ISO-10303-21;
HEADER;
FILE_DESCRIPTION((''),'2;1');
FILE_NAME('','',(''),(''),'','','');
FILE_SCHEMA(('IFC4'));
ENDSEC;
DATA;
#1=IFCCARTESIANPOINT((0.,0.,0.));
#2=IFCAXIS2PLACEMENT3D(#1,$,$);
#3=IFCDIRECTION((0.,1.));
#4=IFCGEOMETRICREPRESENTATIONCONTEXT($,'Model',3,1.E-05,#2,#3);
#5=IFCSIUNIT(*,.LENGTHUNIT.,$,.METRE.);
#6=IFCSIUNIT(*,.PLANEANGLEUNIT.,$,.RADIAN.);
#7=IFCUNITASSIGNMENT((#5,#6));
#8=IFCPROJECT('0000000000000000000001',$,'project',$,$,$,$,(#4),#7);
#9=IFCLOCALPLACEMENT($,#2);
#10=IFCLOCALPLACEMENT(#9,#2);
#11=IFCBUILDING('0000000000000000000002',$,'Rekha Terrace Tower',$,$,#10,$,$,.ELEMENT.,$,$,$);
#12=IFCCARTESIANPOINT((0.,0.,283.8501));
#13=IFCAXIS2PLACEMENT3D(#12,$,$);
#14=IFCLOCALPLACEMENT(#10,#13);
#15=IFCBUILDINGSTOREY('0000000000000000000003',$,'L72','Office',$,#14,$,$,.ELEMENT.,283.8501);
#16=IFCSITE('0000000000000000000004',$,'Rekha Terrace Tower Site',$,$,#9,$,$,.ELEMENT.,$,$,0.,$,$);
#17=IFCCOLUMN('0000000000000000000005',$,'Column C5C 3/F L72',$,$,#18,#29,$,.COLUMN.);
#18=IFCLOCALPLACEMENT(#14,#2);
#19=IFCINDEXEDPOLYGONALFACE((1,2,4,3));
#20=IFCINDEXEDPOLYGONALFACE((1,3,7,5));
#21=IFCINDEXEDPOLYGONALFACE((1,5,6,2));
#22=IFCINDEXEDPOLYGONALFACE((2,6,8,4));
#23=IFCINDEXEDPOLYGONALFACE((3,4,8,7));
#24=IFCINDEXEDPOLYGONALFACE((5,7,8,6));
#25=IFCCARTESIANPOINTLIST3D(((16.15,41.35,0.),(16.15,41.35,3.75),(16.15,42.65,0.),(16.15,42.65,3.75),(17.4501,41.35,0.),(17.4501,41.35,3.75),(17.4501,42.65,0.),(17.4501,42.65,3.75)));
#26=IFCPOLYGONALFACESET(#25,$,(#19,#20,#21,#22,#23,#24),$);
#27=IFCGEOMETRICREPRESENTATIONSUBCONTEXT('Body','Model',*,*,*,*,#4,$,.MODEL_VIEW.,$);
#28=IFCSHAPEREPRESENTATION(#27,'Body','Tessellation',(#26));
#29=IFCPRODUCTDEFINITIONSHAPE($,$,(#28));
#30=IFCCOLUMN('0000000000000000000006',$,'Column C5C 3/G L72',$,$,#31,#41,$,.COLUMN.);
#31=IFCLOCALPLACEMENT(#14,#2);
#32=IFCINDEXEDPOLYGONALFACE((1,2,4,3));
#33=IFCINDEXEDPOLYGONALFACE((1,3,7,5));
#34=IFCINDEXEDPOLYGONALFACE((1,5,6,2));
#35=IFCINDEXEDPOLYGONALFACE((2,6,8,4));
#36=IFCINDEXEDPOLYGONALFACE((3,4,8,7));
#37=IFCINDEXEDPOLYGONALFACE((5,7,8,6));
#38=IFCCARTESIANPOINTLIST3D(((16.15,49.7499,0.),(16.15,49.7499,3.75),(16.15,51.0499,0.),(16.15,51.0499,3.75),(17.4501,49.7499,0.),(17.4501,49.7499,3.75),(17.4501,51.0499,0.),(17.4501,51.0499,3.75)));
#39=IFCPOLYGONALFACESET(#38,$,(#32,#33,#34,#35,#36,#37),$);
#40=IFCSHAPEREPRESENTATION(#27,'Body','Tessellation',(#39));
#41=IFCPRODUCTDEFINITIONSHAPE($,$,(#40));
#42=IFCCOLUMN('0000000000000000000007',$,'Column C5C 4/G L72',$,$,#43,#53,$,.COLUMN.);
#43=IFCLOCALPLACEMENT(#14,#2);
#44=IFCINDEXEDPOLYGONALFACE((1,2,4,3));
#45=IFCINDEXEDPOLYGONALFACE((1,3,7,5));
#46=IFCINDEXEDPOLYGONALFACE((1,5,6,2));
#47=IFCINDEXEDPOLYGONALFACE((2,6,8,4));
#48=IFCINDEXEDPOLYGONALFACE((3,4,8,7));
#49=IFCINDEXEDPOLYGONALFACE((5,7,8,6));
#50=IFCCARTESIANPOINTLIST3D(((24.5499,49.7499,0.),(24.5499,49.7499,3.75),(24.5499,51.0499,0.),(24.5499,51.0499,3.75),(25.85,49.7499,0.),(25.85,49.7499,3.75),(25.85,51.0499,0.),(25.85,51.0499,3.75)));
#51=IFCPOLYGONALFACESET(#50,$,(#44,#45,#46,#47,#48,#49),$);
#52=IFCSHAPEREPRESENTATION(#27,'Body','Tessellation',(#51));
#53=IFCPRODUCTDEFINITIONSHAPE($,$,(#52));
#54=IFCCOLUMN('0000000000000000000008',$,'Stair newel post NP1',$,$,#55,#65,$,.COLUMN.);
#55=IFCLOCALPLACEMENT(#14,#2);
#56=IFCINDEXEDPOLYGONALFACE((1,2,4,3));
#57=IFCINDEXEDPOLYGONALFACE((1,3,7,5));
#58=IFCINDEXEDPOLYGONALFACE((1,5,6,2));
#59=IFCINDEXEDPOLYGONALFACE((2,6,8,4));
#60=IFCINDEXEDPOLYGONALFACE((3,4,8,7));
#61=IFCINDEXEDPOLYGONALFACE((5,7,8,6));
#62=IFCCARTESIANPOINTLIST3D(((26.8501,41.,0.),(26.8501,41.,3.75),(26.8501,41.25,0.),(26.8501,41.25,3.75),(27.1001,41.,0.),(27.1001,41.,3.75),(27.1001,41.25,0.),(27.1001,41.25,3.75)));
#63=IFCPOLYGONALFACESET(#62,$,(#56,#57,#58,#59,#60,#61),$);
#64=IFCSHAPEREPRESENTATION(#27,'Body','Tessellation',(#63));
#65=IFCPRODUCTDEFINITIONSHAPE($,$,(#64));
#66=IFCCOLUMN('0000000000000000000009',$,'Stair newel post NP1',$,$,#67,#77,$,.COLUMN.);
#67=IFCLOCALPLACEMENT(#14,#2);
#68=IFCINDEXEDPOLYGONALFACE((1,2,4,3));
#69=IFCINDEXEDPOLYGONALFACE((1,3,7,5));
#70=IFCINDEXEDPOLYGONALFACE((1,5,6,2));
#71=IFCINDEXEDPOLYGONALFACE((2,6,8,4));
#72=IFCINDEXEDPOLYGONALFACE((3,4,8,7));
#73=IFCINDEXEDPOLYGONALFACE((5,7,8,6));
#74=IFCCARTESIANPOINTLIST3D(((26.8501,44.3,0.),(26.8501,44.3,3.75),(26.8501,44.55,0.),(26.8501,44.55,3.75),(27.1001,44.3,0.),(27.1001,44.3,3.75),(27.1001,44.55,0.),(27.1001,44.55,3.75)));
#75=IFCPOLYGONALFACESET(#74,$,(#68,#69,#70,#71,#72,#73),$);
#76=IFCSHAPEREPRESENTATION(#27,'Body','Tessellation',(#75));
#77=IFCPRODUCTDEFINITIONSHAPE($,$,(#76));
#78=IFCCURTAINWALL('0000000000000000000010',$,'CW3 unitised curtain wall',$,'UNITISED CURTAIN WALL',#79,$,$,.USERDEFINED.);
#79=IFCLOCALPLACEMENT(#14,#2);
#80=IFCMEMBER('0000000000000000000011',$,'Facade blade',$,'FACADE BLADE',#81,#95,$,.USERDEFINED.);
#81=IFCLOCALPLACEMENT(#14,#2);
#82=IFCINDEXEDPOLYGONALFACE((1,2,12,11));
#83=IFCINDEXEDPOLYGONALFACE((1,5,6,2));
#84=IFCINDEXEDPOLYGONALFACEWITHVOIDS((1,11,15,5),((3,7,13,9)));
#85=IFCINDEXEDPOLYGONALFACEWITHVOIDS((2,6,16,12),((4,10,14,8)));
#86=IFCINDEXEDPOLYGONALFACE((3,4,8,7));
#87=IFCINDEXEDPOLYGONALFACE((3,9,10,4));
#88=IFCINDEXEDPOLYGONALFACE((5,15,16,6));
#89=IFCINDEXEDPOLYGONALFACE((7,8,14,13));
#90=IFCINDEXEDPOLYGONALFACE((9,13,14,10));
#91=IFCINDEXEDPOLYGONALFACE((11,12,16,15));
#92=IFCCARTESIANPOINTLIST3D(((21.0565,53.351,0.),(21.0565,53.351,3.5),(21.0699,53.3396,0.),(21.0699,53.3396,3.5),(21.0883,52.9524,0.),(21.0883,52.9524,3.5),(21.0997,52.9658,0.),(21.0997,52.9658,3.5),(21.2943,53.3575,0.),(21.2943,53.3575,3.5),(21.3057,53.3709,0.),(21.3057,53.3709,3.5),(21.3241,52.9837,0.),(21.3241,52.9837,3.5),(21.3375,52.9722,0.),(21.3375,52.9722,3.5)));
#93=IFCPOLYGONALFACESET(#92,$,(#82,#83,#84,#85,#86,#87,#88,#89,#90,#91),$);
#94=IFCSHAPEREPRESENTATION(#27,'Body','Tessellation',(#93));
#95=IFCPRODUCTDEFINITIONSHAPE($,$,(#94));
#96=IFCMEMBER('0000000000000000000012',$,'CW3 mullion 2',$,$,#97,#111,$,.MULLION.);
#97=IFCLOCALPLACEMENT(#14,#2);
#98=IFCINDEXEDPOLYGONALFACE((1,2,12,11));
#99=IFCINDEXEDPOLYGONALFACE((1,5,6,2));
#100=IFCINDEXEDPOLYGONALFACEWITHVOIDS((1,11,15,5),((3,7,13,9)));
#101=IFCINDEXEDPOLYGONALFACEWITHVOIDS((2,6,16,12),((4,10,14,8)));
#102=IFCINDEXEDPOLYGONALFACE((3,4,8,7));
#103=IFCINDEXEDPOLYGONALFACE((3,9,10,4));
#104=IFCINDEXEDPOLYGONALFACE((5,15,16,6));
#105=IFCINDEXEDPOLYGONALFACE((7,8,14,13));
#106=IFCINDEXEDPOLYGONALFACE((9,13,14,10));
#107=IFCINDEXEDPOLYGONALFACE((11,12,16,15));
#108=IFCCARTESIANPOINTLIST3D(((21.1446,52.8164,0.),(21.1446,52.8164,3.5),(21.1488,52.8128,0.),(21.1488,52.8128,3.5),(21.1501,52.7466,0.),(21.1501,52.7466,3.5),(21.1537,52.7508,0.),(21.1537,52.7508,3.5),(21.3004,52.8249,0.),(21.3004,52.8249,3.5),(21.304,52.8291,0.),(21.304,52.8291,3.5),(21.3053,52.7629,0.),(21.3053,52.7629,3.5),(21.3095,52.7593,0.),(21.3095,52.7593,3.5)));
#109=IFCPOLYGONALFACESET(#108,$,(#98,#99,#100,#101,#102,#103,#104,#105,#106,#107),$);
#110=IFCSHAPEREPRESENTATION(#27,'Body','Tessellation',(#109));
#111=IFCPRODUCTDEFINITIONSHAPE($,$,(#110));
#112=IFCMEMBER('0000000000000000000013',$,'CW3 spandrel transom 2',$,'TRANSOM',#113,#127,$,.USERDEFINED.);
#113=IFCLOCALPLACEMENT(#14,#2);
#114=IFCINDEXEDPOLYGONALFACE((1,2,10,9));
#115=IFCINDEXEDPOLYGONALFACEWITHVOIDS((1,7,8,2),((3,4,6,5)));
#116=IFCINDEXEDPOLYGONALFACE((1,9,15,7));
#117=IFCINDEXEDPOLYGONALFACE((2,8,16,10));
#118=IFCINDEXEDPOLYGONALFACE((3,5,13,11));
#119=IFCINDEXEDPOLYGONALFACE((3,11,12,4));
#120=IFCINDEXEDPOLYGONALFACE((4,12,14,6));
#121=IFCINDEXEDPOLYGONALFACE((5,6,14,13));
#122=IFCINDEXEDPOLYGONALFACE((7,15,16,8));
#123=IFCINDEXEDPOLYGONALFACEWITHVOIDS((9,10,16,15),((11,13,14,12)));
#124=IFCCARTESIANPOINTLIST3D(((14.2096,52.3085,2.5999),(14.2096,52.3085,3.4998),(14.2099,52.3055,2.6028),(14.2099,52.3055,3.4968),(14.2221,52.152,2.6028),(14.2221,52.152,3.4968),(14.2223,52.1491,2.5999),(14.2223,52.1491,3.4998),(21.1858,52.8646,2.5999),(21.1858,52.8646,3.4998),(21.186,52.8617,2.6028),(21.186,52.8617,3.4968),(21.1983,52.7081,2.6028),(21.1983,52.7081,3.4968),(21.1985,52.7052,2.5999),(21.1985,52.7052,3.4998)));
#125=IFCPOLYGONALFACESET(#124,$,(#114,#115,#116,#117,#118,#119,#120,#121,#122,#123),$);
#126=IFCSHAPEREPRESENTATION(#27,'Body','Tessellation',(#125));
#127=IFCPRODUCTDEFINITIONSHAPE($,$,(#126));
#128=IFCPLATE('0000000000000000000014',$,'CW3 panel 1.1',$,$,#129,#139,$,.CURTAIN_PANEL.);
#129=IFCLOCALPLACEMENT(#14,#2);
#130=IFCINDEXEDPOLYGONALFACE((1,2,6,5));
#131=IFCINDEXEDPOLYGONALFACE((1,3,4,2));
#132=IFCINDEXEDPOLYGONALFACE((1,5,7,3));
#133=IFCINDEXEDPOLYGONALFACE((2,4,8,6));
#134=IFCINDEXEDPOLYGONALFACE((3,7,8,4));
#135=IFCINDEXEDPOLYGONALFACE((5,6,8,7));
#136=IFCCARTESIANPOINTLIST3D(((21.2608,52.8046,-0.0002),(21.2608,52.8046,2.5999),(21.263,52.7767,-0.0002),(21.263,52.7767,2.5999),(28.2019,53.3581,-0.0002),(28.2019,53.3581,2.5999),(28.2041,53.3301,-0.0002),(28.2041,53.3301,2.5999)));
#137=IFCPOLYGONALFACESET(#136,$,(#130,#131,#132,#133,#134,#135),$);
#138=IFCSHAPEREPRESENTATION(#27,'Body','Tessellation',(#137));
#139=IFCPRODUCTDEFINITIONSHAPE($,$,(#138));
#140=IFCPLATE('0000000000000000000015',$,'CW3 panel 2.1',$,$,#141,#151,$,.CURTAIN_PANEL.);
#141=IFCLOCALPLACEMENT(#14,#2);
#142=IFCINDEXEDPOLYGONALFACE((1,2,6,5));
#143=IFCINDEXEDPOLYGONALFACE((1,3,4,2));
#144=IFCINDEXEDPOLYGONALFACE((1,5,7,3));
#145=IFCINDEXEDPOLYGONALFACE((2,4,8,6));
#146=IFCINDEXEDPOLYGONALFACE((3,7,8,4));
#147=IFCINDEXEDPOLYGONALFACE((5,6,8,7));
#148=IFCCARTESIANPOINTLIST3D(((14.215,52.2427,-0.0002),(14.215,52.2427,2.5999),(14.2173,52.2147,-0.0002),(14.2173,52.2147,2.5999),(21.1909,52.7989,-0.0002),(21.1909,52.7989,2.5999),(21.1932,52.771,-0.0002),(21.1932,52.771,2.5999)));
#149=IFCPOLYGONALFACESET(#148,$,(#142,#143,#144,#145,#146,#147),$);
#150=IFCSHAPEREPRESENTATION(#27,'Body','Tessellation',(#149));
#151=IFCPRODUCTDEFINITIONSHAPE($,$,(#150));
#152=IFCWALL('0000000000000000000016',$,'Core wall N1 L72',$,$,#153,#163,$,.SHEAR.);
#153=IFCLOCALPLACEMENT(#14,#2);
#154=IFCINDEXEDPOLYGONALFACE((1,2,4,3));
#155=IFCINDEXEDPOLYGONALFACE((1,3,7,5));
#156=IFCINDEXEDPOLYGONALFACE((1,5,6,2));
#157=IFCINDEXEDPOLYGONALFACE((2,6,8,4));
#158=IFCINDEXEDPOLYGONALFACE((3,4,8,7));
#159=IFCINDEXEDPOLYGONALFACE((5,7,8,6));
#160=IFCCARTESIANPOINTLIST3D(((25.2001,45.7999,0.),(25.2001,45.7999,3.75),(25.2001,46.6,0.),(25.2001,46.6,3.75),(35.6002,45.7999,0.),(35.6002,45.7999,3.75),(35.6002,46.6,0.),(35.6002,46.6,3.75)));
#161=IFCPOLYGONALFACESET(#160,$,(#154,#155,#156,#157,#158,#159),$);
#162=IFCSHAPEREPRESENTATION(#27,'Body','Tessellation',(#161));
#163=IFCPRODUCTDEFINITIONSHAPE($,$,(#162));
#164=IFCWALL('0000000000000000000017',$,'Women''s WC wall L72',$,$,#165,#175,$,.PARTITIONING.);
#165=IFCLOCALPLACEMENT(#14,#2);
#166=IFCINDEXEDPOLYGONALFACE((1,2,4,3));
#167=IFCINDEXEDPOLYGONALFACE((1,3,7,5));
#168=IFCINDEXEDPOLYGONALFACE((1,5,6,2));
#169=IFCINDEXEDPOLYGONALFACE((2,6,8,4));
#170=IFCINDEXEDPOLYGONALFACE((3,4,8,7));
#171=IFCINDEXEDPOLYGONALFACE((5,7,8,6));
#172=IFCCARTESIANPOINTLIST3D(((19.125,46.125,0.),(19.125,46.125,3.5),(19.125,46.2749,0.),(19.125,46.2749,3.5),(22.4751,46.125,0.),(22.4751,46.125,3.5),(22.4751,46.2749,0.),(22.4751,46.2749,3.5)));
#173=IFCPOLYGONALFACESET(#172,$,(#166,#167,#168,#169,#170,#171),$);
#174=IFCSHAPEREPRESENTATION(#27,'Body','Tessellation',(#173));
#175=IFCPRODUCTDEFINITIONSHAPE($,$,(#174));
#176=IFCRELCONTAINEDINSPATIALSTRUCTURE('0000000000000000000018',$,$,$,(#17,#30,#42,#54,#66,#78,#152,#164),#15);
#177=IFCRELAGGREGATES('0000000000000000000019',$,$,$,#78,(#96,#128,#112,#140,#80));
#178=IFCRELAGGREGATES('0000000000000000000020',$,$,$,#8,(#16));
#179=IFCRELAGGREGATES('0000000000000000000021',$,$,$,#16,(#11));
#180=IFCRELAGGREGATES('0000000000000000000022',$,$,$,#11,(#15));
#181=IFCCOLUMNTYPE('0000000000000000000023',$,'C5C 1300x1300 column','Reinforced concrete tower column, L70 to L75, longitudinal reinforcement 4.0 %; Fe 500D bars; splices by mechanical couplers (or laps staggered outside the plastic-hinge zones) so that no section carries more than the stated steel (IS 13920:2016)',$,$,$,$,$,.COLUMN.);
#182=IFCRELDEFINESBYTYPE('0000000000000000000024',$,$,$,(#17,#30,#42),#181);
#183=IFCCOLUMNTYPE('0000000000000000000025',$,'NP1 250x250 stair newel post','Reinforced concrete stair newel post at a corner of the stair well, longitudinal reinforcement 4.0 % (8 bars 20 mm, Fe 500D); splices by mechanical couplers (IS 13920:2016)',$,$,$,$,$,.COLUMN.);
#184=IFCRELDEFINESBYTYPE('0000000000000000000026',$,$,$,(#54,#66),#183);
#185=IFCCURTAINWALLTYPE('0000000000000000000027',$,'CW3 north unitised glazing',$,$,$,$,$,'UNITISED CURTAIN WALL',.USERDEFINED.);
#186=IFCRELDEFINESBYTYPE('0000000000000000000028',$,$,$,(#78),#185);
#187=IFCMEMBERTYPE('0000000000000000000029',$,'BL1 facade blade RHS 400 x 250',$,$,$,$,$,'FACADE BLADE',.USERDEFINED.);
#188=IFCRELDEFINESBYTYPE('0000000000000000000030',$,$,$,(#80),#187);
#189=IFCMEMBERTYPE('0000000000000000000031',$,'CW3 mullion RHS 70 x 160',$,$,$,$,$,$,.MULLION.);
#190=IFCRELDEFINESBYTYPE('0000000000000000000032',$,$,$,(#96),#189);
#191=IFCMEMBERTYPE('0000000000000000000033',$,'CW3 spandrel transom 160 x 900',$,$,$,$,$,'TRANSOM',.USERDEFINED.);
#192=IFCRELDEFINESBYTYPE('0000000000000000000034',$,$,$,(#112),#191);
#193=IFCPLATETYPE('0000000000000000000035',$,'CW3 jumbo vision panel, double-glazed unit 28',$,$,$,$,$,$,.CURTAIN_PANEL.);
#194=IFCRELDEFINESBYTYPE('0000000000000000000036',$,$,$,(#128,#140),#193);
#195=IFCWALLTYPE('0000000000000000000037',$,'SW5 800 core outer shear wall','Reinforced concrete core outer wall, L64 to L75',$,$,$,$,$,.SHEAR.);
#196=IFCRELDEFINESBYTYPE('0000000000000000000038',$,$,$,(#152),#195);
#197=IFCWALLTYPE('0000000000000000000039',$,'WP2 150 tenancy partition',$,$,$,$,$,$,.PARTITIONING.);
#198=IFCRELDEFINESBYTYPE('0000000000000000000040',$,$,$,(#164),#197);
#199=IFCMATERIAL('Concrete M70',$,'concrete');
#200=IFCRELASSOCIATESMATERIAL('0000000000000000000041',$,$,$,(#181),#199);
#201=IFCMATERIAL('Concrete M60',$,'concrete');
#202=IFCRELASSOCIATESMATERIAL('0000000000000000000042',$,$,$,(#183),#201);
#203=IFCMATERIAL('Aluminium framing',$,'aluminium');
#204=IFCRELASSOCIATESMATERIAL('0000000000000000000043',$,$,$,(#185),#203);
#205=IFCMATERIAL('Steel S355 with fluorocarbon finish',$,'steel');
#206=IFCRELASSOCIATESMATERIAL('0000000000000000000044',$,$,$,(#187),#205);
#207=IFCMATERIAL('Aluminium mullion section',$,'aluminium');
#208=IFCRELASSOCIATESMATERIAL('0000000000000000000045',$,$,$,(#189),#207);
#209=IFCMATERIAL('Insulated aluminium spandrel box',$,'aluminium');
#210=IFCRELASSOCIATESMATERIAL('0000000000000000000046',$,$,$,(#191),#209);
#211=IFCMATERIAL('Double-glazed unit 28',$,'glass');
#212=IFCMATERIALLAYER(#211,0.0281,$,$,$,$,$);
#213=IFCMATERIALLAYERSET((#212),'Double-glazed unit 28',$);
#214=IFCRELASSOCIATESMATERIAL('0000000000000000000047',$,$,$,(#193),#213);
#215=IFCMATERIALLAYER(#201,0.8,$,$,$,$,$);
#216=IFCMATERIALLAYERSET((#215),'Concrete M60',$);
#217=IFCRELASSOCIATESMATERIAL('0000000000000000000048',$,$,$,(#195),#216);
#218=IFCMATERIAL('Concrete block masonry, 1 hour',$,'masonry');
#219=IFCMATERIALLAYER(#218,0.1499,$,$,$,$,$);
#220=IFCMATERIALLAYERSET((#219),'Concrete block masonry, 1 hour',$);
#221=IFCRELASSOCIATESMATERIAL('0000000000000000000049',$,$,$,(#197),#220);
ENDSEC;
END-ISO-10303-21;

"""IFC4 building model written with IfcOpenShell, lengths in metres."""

from ifc_helpers import new_model, si_unit, direction, frame, frame_2d, origin, origin_2d, place, context, subcontext, project, spatial, rectangle, hollow_rectangle, extrude, material, layer, layer_set, material_profile, profile_set, type_object, element, aggregate, save


model = new_model("IFC4")

# Units and contexts
model_context = context("Model", 3, precision=1e-05, world=origin(), true_north=direction((0.0, 1.0)))
body_context = subcontext(model_context, "Body", "Model", "MODEL_VIEW")
ifc_project = project(units=[si_unit("LENGTHUNIT", "METRE"), si_unit("PLANEANGLEUNIT", "RADIAN")], contexts=[model_context])

# Site, building, storey
site_placement = place(None, origin())
site = spatial("IfcSite", under=ifc_project, at=site_placement, Name="Rekha Terrace Tower Site", CompositionType="ELEMENT", RefElevation=0.0)
building_placement = place(site_placement, origin())
building = spatial("IfcBuilding", under=site, at=building_placement, Name="Rekha Terrace Tower", CompositionType="ELEMENT")
storey_placement = place(building_placement, frame((0.0, 0.0, 283.8501)))
storey = spatial("IfcBuildingStorey", under=building, at=storey_placement, Name="L72", Description="Office", CompositionType="ELEMENT", Elevation=283.8501)

# Columns
ifc_material_1 = material(Name="Concrete M70", Category="concrete")
ifc_material_profile_1 = material_profile(ifc_material_1, rectangle(XDim=1.3, YDim=1.3, at=origin_2d()), Name="RC 1300x1300")
ifc_profile_set_1 = profile_set([ifc_material_profile_1], Name="Concrete M70")
column_type_1 = type_object("IfcColumnType", Name="C5C 1300x1300 column", Description="Reinforced concrete tower column, L70 to L75, longitudinal reinforcement 4.0 %; Fe 500D bars; splices by mechanical couplers (or laps staggered outside the plastic-hinge zones) so that no section carries more than the stated steel (IS 13920:2016)", PredefinedType="COLUMN", material=ifc_profile_set_1)
for number, where, z_axis, x_axis, name in (
    (1, (16.8, 42.0, 0.0), (0.0, 0.0, 1.0), (1.0, 0.0, 0.0), "Column C5C 3/F L72"),
    (2, (16.8, 50.3999, 0.0), (0.0, 0.0, 1.0), (1.0, 0.0, 0.0), "Column C5C 3/G L72"),
    (3, (25.2, 50.3999, 0.0), (0.0, 0.0, 1.0), (1.0, 0.0, 0.0), "Column C5C 4/G L72"),
):
    element("IfcColumn", number, at=place(storey_placement, frame(where, z_axis=z_axis, x_axis=x_axis)), inside=storey, type_object=column_type_1, Name=name, PredefinedType="COLUMN", context=body_context, shape_type="SweptSolid", body=[
        extrude(rectangle(XDim=1.3, YDim=1.3, at=origin_2d()), origin(), (0.0, 0.0, 1.0), 3.75),
    ])
ifc_material_2 = material(Name="Concrete M60", Category="concrete")
ifc_material_profile_2 = material_profile(ifc_material_2, rectangle(XDim=0.25, YDim=0.25, at=origin_2d()), Name="RC 250x250")
ifc_profile_set_2 = profile_set([ifc_material_profile_2], Name="Concrete M60")
column_type_2 = type_object("IfcColumnType", Name="NP1 250x250 stair newel post", Description="Reinforced concrete stair newel post at a corner of the stair well, longitudinal reinforcement 4.0 % (8 bars 20 mm, Fe 500D); splices by mechanical couplers (IS 13920:2016)", PredefinedType="COLUMN", material=ifc_profile_set_2)
for number, where, z_axis, x_axis, name in (
    (4, (26.9751, 41.125, 0.0), (0.0, 0.0, 1.0), (1.0, 0.0, 0.0), "Stair newel post NP1"),
    (5, (26.9751, 44.425, 0.0), (0.0, 0.0, 1.0), (1.0, 0.0, 0.0), "Stair newel post NP1"),
):
    element("IfcColumn", number, at=place(storey_placement, frame(where, z_axis=z_axis, x_axis=x_axis)), inside=storey, type_object=column_type_2, Name=name, PredefinedType="COLUMN", context=body_context, shape_type="SweptSolid", body=[
        extrude(rectangle(XDim=0.25, YDim=0.25, at=origin_2d()), origin(), (0.0, 0.0, 1.0), 3.75),
    ])

# Curtain wall, members, plates
ifc_material_3 = material(Name="Aluminium framing", Category="aluminium")
curtain_wall_type = type_object("IfcCurtainWallType", Name="CW3 north unitised glazing", ElementType="UNITISED CURTAIN WALL", PredefinedType="USERDEFINED", material=ifc_material_3)
curtain_wall_placement = place(storey_placement, origin())
curtain_wall = element("IfcCurtainWall", 6, at=curtain_wall_placement, inside=storey, type_object=curtain_wall_type, Name="CW3 unitised curtain wall", ObjectType="UNITISED CURTAIN WALL", PredefinedType="USERDEFINED")
ifc_material_4 = material(Name="Steel S355 with fluorocarbon finish", Category="steel")
ifc_material_profile_3 = material_profile(ifc_material_4, hollow_rectangle(XDim=0.25, YDim=0.3999, WallThickness=0.0125, at=origin_2d()), Name="RHS400x250x12.5")
ifc_profile_set_3 = profile_set([ifc_material_profile_3], Name="Steel S355 with fluorocarbon finish")
member_type_1 = type_object("IfcMemberType", Name="BL1 facade blade RHS 400 x 250", ElementType="FACADE BLADE", PredefinedType="USERDEFINED", material=ifc_profile_set_3)
member_1_placement = place(storey_placement, frame((21.197, 53.1616, 0.0), z_axis=(0.0, 0.0, 1.0), x_axis=(-0.996836, -0.079486, 0.0)))
member_1 = element("IfcMember", 7, at=member_1_placement, type_object=member_type_1, Name="Facade blade", ObjectType="FACADE BLADE", PredefinedType="USERDEFINED", context=body_context, shape_type="SweptSolid", body=[
    extrude(hollow_rectangle(XDim=0.25, YDim=0.3999, WallThickness=0.0125, at=origin_2d()), origin(), (0.0, 0.0, 1.0), 3.5),
])
ifc_material_5 = material(Name="Aluminium mullion section", Category="aluminium")
ifc_material_profile_4 = material_profile(ifc_material_5, hollow_rectangle(XDim=0.0701, YDim=0.1599, WallThickness=0.0039, at=origin_2d()), Name="AL RHS 70x160")
ifc_profile_set_4 = profile_set([ifc_material_profile_4], Name="Aluminium mullion section")
member_type_2 = type_object("IfcMemberType", Name="CW3 mullion RHS 70 x 160", PredefinedType="MULLION", material=ifc_profile_set_4)
member_2_placement = place(storey_placement, frame((21.2271, 52.7878, 0.0), z_axis=(0.0, 0.0, 1.0), x_axis=(0.079485, -0.996836, 0.0)))
member_2 = element("IfcMember", 8, at=member_2_placement, type_object=member_type_2, Name="CW3 mullion 2", PredefinedType="MULLION", context=body_context, shape_type="SweptSolid", body=[
    extrude(hollow_rectangle(XDim=0.0701, YDim=0.1599, WallThickness=0.0039, at=origin_2d()), origin(), (0.0, 0.0, 1.0), 3.5),
])
ifc_material_6 = material(Name="Insulated aluminium spandrel box", Category="aluminium")
ifc_material_profile_5 = material_profile(ifc_material_6, hollow_rectangle(XDim=0.1599, YDim=0.8999, WallThickness=0.0029, at=origin_2d()), Name="AL SPANDREL BOX 160x900")
ifc_profile_set_5 = profile_set([ifc_material_profile_5], Name="Insulated aluminium spandrel box")
member_type_3 = type_object("IfcMemberType", Name="CW3 spandrel transom 160 x 900", ElementType="TRANSOM", PredefinedType="USERDEFINED", material=ifc_profile_set_5)
member_3_placement = place(storey_placement, frame((21.1921, 52.7849, 3.0498), z_axis=(-0.996837, -0.079471, 0.0), x_axis=(0.079471, -0.996837, 0.0)))
member_3 = element("IfcMember", 9, at=member_3_placement, type_object=member_type_3, Name="CW3 spandrel transom 2", ObjectType="TRANSOM", PredefinedType="USERDEFINED", context=body_context, shape_type="SweptSolid", body=[
    extrude(hollow_rectangle(XDim=0.1599, YDim=0.8999, WallThickness=0.0029, at=origin_2d()), origin(), (0.0, 0.0, 1.0), 6.9983),
])
ifc_material_7 = material(Name="Double-glazed unit 28", Category="glass")
ifc_layer_1 = layer(ifc_material_7, 0.0281)
ifc_layer_set_1 = layer_set([ifc_layer_1], Name="Double-glazed unit 28")
plate_type = type_object("IfcPlateType", Name="CW3 jumbo vision panel, double-glazed unit 28", PredefinedType="CURTAIN_PANEL", material=ifc_layer_set_1)
plate_1_placement = place(storey_placement, frame((24.7324, 53.0674, -0.0002), z_axis=(0.0, 0.0, 1.0), x_axis=(-0.996836, -0.079485, 0.0)))
plate_1 = element("IfcPlate", 10, at=plate_1_placement, type_object=plate_type, Name="CW3 panel 1.1", PredefinedType="CURTAIN_PANEL", context=body_context, shape_type="SweptSolid", body=[
    extrude(rectangle(XDim=6.9631, YDim=0.0281, at=origin_2d()), origin(), (0.0, 0.0, 1.0), 2.6001),
])
plate_2_placement = place(storey_placement, frame((17.7041, 52.5068, -0.0002), z_axis=(0.0, 0.0, 1.0), x_axis=(-0.996836, -0.079485, 0.0)))
plate_2 = element("IfcPlate", 11, at=plate_2_placement, type_object=plate_type, Name="CW3 panel 2.1", PredefinedType="CURTAIN_PANEL", context=body_context, shape_type="SweptSolid", body=[
    extrude(rectangle(XDim=6.998, YDim=0.0281, at=origin_2d()), origin(), (0.0, 0.0, 1.0), 2.6001),
])
aggregate(curtain_wall, [member_2, plate_1, member_3, plate_2, member_1])

# Walls
ifc_layer_2 = layer(ifc_material_2, 0.8)
ifc_layer_set_2 = layer_set([ifc_layer_2], Name="Concrete M60")
wall_type_1 = type_object("IfcWallType", Name="SW5 800 core outer shear wall", Description="Reinforced concrete core outer wall, L64 to L75", PredefinedType="SHEAR", material=ifc_layer_set_2)
wall_1_placement = place(storey_placement, frame((25.2, 46.2, 0.0), z_axis=(0.0, 0.0, 1.0), x_axis=(1.0, 0.0, 0.0)))
element("IfcWall", 12, at=wall_1_placement, inside=storey, type_object=wall_type_1, Name="Core wall N1 L72", PredefinedType="SHEAR", context=body_context, shape_type="SweptSolid", body=[
    extrude(rectangle(XDim=10.4001, YDim=0.8, at=frame_2d((5.2002, 0.0))), origin(), (0.0, 0.0, 1.0), 3.75),
])
ifc_material_8 = material(Name="Concrete block masonry, 1 hour", Category="masonry")
ifc_layer_3 = layer(ifc_material_8, 0.1499)
ifc_layer_set_3 = layer_set([ifc_layer_3], Name="Concrete block masonry, 1 hour")
wall_type_2 = type_object("IfcWallType", Name="WP2 150 tenancy partition", PredefinedType="PARTITIONING", material=ifc_layer_set_3)
wall_2_placement = place(storey_placement, frame((19.125, 46.2, 0.0), z_axis=(0.0, 0.0, 1.0), x_axis=(1.0, 0.0, 0.0)))
element("IfcWall", 13, at=wall_2_placement, inside=storey, type_object=wall_type_2, Name="Women's WC wall L72", PredefinedType="PARTITIONING", context=body_context, shape_type="SweptSolid", body=[
    extrude(rectangle(XDim=3.3501, YDim=0.1499, at=frame_2d((1.675, 0.0))), origin(), (0.0, 0.0, 1.0), 3.5),
])

save(model, "model.ifc")
